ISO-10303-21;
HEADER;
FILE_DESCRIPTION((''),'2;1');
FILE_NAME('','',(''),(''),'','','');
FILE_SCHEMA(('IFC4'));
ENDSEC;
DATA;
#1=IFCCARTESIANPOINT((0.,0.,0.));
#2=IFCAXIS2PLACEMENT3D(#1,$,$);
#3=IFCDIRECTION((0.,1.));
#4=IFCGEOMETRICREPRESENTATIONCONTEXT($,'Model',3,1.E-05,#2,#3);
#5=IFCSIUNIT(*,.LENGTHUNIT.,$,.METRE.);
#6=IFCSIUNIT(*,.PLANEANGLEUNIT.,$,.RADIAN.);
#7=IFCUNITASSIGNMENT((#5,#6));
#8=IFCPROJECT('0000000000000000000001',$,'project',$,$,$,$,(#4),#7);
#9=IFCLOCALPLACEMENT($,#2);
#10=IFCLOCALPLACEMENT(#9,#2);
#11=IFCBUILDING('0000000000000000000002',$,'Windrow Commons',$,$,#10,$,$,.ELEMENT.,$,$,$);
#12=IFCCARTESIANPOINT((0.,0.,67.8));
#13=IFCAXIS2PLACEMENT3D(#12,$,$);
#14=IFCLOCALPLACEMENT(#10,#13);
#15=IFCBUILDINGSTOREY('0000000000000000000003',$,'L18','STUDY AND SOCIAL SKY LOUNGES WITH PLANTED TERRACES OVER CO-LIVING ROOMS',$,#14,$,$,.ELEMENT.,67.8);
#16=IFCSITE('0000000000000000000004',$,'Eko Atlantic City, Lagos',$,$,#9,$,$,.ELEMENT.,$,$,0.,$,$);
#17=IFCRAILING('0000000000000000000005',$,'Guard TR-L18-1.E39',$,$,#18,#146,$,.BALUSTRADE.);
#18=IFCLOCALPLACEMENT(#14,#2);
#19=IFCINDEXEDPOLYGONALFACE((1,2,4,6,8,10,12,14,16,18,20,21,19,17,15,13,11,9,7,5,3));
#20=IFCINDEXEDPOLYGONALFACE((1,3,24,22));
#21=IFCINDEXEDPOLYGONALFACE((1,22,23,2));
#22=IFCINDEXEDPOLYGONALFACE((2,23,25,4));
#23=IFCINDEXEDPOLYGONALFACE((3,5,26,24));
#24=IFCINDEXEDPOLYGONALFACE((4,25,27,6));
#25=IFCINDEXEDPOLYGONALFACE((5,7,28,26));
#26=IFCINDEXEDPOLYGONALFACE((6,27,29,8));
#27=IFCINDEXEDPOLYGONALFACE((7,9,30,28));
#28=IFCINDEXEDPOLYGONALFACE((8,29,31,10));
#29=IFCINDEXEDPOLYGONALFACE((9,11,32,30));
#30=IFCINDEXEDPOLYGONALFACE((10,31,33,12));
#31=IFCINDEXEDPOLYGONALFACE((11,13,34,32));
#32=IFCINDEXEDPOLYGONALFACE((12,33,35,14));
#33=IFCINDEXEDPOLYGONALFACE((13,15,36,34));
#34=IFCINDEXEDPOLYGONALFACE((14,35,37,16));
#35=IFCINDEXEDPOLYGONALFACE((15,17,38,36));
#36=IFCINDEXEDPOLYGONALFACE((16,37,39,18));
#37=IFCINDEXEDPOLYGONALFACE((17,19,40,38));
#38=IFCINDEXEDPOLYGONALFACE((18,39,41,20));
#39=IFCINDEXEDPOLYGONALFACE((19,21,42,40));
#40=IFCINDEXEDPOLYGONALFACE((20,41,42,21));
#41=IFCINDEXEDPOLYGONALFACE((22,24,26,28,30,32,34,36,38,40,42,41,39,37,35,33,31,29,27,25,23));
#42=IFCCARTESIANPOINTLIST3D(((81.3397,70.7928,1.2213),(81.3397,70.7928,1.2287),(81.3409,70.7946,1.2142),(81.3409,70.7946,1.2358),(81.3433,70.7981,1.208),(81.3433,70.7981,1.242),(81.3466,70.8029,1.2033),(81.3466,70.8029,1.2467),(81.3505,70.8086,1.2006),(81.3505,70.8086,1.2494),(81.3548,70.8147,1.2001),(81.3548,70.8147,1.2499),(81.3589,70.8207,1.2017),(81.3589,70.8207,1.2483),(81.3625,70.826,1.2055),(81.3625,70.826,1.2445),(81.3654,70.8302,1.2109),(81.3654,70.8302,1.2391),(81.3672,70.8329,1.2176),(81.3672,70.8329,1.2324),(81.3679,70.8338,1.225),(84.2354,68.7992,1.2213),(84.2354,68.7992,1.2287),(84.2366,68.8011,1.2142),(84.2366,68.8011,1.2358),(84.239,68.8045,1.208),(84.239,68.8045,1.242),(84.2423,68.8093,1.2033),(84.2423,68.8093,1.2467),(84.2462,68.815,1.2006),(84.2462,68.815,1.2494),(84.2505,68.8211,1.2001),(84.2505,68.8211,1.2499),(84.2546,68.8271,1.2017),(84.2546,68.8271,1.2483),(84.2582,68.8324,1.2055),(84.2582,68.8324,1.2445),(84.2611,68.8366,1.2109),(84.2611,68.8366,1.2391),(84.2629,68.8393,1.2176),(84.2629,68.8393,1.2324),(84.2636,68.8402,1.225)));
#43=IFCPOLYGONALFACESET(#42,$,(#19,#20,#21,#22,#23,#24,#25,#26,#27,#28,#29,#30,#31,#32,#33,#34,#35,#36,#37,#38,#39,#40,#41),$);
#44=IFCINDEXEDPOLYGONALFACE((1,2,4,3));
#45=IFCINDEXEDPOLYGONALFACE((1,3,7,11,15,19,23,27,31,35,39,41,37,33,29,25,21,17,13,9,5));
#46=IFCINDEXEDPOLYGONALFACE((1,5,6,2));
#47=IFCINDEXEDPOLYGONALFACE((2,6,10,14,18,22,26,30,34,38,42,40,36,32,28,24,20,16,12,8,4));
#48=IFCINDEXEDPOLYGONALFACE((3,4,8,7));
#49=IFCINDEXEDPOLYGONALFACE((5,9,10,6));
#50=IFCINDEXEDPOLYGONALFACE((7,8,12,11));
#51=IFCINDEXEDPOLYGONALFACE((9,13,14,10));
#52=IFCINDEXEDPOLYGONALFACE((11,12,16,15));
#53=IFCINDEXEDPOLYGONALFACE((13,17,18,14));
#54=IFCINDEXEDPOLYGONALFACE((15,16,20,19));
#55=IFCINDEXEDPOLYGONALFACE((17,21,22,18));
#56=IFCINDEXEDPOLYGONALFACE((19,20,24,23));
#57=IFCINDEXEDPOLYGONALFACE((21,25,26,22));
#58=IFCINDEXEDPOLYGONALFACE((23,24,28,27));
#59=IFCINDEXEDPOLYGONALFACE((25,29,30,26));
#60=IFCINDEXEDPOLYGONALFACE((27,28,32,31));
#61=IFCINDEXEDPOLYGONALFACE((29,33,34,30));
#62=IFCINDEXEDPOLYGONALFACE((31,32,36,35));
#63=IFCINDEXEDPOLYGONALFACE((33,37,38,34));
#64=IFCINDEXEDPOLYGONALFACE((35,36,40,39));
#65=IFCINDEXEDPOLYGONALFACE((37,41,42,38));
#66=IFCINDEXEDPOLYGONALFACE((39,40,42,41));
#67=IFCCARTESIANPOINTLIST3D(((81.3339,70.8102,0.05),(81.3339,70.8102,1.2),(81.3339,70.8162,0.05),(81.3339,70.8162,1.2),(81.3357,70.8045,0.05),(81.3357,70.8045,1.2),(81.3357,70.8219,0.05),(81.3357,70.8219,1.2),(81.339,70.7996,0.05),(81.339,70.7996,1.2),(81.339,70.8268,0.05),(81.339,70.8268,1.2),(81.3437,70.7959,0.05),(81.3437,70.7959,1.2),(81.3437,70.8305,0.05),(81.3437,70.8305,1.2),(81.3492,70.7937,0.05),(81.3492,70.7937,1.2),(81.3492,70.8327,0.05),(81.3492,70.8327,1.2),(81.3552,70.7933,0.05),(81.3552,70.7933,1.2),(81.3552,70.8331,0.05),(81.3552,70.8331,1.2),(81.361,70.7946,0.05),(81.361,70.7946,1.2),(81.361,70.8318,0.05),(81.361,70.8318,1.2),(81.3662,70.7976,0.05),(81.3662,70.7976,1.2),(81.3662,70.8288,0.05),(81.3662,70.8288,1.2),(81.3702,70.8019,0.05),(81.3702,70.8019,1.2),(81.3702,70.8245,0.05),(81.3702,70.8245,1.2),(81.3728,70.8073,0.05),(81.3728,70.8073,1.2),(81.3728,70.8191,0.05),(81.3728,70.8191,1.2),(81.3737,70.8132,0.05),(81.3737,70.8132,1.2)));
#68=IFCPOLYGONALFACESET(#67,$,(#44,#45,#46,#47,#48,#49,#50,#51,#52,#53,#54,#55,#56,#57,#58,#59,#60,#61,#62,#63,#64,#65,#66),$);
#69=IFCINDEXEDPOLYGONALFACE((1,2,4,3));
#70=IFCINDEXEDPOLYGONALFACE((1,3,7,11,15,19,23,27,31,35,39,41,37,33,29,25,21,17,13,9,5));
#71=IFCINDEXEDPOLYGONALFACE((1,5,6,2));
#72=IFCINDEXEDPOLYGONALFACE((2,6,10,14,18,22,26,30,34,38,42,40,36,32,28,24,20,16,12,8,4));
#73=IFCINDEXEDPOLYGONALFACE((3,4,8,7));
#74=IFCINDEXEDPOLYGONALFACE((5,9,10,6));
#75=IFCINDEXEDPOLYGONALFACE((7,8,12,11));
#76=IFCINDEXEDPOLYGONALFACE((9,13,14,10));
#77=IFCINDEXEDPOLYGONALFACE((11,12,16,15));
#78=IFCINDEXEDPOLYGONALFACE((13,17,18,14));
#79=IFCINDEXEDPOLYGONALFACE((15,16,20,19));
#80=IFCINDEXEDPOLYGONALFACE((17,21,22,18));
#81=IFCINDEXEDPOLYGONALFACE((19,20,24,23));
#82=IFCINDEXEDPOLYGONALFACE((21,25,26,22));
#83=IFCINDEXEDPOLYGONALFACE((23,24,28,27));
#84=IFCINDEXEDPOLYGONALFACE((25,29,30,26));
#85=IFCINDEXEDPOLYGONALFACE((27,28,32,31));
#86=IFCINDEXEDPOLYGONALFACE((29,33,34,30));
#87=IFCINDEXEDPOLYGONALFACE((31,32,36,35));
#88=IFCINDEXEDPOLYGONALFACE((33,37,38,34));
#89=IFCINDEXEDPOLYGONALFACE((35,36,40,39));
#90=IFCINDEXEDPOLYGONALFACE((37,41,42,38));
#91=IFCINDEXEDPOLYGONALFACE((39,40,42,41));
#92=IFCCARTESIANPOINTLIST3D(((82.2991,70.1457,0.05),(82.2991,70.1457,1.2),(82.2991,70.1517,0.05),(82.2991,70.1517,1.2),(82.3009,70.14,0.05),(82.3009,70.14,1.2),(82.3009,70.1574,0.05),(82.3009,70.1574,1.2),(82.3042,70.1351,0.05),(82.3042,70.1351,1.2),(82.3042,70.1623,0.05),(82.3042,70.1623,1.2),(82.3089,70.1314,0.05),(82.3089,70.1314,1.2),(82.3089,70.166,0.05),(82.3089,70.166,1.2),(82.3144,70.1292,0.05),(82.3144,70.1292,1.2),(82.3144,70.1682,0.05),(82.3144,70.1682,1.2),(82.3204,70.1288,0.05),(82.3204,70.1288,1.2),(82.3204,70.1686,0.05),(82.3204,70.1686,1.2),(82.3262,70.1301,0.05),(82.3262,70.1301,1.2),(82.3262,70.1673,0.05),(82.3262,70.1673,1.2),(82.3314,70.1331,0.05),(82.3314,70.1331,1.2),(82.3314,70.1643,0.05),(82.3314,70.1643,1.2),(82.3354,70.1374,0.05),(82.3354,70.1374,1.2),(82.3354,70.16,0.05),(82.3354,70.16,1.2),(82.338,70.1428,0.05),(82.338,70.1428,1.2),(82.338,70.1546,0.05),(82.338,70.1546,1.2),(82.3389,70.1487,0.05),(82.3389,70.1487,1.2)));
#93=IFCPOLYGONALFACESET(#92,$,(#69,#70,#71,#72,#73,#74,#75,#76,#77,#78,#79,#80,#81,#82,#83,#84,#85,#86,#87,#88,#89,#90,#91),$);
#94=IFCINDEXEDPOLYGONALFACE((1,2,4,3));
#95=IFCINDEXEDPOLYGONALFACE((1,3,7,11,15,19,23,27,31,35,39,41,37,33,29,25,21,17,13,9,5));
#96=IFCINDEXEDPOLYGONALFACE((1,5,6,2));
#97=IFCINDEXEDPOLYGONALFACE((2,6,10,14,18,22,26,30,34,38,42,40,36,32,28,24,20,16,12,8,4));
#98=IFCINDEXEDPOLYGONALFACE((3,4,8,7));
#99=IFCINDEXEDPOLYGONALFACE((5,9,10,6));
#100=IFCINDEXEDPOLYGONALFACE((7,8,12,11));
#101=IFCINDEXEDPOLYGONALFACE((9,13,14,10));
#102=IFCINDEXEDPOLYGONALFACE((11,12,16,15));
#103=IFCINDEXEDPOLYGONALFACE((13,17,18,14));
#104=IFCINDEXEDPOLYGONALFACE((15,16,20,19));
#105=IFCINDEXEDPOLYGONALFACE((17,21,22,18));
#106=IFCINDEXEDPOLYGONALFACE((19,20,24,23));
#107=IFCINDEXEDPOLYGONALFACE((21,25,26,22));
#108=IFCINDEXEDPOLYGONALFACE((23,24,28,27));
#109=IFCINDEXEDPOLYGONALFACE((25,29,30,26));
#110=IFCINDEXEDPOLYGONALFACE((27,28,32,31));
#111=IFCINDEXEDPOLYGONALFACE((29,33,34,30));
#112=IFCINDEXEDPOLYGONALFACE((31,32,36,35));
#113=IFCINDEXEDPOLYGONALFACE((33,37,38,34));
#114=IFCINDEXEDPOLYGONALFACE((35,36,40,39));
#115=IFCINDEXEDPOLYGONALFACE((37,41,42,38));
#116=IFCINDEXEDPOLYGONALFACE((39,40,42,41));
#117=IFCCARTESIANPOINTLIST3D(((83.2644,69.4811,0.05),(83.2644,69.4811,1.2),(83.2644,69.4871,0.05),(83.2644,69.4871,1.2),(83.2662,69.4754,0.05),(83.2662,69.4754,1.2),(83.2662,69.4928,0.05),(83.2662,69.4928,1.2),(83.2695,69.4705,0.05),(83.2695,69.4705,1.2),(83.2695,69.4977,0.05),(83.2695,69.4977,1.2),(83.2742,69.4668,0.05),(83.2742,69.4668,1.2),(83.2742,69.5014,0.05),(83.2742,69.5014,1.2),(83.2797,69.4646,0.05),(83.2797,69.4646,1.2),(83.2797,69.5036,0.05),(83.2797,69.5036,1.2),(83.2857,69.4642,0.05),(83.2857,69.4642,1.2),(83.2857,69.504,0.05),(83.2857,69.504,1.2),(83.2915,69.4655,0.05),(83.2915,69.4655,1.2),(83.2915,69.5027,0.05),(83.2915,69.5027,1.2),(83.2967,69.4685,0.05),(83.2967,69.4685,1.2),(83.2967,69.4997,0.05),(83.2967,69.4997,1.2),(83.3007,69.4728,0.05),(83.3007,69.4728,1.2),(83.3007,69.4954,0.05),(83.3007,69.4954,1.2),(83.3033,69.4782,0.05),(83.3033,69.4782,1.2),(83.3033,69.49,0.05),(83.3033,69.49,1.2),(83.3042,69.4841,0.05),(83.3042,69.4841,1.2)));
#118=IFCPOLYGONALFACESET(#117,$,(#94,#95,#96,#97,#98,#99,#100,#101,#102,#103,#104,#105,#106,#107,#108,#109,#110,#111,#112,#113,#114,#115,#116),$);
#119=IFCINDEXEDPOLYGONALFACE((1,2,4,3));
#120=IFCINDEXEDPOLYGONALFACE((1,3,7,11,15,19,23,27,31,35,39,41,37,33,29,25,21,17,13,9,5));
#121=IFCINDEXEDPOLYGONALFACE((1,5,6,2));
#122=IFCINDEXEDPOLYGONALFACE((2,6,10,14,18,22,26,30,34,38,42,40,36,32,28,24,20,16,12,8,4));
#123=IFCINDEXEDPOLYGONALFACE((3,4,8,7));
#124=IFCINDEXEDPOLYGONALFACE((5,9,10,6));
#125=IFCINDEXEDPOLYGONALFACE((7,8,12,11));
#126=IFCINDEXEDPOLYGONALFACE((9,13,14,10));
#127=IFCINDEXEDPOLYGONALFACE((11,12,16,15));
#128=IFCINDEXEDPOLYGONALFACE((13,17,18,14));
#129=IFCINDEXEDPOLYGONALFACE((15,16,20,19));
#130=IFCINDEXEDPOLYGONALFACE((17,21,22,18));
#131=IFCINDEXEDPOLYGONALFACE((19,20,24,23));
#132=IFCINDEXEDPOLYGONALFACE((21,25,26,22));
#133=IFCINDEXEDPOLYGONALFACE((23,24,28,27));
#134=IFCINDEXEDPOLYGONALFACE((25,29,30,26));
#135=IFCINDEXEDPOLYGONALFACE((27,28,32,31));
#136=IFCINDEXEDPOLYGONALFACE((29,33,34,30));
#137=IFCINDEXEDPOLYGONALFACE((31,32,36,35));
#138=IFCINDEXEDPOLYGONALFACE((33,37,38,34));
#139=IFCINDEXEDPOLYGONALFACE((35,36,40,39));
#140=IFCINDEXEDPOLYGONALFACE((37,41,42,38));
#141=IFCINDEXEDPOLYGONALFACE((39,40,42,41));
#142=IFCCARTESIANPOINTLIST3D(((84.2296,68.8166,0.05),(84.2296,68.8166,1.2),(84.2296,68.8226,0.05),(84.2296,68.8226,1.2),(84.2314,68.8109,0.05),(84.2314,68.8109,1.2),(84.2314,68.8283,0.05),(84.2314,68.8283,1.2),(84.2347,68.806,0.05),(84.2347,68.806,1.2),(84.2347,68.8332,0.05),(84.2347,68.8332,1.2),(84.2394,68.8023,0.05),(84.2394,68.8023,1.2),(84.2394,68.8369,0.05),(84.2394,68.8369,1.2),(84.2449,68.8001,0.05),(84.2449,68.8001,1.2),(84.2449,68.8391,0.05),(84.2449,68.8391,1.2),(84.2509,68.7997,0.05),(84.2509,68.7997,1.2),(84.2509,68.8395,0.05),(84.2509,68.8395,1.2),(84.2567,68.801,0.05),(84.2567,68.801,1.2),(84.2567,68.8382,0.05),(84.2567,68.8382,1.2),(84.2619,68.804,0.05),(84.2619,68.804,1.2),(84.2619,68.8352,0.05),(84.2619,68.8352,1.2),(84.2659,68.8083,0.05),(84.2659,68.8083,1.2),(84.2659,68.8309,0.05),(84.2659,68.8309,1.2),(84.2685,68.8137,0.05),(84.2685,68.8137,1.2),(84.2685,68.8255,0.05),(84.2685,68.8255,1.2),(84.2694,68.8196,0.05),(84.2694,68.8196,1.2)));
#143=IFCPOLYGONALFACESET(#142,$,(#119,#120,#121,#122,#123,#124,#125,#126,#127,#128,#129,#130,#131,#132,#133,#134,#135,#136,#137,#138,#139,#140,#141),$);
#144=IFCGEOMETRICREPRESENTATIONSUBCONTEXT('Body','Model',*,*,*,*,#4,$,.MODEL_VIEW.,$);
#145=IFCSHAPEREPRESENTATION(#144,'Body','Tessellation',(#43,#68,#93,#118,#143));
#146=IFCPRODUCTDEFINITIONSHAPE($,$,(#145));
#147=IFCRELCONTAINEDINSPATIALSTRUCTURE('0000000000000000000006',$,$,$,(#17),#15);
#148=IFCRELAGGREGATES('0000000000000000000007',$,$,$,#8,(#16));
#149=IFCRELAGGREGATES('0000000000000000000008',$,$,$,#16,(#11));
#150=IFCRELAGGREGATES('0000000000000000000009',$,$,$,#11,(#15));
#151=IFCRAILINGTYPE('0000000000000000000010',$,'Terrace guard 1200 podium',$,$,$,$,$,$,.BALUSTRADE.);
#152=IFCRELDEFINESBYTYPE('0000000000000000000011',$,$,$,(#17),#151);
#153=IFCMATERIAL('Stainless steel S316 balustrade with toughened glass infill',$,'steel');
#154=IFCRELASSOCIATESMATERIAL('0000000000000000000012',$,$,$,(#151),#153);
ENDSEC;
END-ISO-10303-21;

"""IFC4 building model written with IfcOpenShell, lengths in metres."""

from ifc_helpers import new_model, si_unit, direction, frame, origin, origin_2d, place, context, subcontext, project, spatial, circle, extrude, material, type_object, element, save


model = new_model("IFC4")

# Units and contexts
model_context = context("Model", 3, precision=1e-05, world=origin(), true_north=direction((0.0, 1.0)))
body_context = subcontext(model_context, "Body", "Model", "MODEL_VIEW")
ifc_project = project(units=[si_unit("LENGTHUNIT", "METRE"), si_unit("PLANEANGLEUNIT", "RADIAN")], contexts=[model_context])

# Site, building, storey
site_placement = place(None, origin())
site = spatial("IfcSite", under=ifc_project, at=site_placement, Name="Eko Atlantic City, Lagos", CompositionType="ELEMENT", RefElevation=0.0)
building_placement = place(site_placement, origin())
building = spatial("IfcBuilding", under=site, at=building_placement, Name="Windrow Commons", CompositionType="ELEMENT")
storey_placement = place(building_placement, frame((0.0, 0.0, 67.8)))
storey = spatial("IfcBuildingStorey", under=building, at=storey_placement, Name="L18", Description="STUDY AND SOCIAL SKY LOUNGES WITH PLANTED TERRACES OVER CO-LIVING ROOMS", CompositionType="ELEMENT", Elevation=67.8)

# Railing
ifc_material_1 = material(Name="Stainless steel S316 balustrade with toughened glass infill", Category="steel")
railing_type_1 = type_object("IfcRailingType", Name="Terrace guard 1200 podium", PredefinedType="BALUSTRADE", material=ifc_material_1)
railing_1_placement = place(storey_placement, frame((81.3537, 70.8132, 0.05)))
element("IfcRailing", 1, at=railing_1_placement, inside=storey, type_object=railing_type_1, Name="Guard TR-L18-1.E39", PredefinedType="BALUSTRADE", context=body_context, shape_type="SweptSolid", body=[
    extrude(circle(Radius=0.025, at=origin_2d()), frame((0.0, 0.0, 1.175), z_axis=(0.823669, -0.567071, 0.0), x_axis=(0.567071, 0.823669, 0.0)), (0.0, 0.0, 1.0), 3.5156),
    extrude(circle(Radius=0.02, at=origin_2d()), origin(), (0.0, 0.0, 1.0), 1.15),
    extrude(circle(Radius=0.02, at=origin_2d()), frame((0.9652, -0.6645, 0.0)), (0.0, 0.0, 1.0), 1.15),
    extrude(circle(Radius=0.02, at=origin_2d()), frame((1.9305, -1.3291, 0.0)), (0.0, 0.0, 1.0), 1.15),
    extrude(circle(Radius=0.02, at=origin_2d()), frame((2.8957, -1.9936, 0.0)), (0.0, 0.0, 1.0), 1.15),
])

save(model, "model.ifc")
